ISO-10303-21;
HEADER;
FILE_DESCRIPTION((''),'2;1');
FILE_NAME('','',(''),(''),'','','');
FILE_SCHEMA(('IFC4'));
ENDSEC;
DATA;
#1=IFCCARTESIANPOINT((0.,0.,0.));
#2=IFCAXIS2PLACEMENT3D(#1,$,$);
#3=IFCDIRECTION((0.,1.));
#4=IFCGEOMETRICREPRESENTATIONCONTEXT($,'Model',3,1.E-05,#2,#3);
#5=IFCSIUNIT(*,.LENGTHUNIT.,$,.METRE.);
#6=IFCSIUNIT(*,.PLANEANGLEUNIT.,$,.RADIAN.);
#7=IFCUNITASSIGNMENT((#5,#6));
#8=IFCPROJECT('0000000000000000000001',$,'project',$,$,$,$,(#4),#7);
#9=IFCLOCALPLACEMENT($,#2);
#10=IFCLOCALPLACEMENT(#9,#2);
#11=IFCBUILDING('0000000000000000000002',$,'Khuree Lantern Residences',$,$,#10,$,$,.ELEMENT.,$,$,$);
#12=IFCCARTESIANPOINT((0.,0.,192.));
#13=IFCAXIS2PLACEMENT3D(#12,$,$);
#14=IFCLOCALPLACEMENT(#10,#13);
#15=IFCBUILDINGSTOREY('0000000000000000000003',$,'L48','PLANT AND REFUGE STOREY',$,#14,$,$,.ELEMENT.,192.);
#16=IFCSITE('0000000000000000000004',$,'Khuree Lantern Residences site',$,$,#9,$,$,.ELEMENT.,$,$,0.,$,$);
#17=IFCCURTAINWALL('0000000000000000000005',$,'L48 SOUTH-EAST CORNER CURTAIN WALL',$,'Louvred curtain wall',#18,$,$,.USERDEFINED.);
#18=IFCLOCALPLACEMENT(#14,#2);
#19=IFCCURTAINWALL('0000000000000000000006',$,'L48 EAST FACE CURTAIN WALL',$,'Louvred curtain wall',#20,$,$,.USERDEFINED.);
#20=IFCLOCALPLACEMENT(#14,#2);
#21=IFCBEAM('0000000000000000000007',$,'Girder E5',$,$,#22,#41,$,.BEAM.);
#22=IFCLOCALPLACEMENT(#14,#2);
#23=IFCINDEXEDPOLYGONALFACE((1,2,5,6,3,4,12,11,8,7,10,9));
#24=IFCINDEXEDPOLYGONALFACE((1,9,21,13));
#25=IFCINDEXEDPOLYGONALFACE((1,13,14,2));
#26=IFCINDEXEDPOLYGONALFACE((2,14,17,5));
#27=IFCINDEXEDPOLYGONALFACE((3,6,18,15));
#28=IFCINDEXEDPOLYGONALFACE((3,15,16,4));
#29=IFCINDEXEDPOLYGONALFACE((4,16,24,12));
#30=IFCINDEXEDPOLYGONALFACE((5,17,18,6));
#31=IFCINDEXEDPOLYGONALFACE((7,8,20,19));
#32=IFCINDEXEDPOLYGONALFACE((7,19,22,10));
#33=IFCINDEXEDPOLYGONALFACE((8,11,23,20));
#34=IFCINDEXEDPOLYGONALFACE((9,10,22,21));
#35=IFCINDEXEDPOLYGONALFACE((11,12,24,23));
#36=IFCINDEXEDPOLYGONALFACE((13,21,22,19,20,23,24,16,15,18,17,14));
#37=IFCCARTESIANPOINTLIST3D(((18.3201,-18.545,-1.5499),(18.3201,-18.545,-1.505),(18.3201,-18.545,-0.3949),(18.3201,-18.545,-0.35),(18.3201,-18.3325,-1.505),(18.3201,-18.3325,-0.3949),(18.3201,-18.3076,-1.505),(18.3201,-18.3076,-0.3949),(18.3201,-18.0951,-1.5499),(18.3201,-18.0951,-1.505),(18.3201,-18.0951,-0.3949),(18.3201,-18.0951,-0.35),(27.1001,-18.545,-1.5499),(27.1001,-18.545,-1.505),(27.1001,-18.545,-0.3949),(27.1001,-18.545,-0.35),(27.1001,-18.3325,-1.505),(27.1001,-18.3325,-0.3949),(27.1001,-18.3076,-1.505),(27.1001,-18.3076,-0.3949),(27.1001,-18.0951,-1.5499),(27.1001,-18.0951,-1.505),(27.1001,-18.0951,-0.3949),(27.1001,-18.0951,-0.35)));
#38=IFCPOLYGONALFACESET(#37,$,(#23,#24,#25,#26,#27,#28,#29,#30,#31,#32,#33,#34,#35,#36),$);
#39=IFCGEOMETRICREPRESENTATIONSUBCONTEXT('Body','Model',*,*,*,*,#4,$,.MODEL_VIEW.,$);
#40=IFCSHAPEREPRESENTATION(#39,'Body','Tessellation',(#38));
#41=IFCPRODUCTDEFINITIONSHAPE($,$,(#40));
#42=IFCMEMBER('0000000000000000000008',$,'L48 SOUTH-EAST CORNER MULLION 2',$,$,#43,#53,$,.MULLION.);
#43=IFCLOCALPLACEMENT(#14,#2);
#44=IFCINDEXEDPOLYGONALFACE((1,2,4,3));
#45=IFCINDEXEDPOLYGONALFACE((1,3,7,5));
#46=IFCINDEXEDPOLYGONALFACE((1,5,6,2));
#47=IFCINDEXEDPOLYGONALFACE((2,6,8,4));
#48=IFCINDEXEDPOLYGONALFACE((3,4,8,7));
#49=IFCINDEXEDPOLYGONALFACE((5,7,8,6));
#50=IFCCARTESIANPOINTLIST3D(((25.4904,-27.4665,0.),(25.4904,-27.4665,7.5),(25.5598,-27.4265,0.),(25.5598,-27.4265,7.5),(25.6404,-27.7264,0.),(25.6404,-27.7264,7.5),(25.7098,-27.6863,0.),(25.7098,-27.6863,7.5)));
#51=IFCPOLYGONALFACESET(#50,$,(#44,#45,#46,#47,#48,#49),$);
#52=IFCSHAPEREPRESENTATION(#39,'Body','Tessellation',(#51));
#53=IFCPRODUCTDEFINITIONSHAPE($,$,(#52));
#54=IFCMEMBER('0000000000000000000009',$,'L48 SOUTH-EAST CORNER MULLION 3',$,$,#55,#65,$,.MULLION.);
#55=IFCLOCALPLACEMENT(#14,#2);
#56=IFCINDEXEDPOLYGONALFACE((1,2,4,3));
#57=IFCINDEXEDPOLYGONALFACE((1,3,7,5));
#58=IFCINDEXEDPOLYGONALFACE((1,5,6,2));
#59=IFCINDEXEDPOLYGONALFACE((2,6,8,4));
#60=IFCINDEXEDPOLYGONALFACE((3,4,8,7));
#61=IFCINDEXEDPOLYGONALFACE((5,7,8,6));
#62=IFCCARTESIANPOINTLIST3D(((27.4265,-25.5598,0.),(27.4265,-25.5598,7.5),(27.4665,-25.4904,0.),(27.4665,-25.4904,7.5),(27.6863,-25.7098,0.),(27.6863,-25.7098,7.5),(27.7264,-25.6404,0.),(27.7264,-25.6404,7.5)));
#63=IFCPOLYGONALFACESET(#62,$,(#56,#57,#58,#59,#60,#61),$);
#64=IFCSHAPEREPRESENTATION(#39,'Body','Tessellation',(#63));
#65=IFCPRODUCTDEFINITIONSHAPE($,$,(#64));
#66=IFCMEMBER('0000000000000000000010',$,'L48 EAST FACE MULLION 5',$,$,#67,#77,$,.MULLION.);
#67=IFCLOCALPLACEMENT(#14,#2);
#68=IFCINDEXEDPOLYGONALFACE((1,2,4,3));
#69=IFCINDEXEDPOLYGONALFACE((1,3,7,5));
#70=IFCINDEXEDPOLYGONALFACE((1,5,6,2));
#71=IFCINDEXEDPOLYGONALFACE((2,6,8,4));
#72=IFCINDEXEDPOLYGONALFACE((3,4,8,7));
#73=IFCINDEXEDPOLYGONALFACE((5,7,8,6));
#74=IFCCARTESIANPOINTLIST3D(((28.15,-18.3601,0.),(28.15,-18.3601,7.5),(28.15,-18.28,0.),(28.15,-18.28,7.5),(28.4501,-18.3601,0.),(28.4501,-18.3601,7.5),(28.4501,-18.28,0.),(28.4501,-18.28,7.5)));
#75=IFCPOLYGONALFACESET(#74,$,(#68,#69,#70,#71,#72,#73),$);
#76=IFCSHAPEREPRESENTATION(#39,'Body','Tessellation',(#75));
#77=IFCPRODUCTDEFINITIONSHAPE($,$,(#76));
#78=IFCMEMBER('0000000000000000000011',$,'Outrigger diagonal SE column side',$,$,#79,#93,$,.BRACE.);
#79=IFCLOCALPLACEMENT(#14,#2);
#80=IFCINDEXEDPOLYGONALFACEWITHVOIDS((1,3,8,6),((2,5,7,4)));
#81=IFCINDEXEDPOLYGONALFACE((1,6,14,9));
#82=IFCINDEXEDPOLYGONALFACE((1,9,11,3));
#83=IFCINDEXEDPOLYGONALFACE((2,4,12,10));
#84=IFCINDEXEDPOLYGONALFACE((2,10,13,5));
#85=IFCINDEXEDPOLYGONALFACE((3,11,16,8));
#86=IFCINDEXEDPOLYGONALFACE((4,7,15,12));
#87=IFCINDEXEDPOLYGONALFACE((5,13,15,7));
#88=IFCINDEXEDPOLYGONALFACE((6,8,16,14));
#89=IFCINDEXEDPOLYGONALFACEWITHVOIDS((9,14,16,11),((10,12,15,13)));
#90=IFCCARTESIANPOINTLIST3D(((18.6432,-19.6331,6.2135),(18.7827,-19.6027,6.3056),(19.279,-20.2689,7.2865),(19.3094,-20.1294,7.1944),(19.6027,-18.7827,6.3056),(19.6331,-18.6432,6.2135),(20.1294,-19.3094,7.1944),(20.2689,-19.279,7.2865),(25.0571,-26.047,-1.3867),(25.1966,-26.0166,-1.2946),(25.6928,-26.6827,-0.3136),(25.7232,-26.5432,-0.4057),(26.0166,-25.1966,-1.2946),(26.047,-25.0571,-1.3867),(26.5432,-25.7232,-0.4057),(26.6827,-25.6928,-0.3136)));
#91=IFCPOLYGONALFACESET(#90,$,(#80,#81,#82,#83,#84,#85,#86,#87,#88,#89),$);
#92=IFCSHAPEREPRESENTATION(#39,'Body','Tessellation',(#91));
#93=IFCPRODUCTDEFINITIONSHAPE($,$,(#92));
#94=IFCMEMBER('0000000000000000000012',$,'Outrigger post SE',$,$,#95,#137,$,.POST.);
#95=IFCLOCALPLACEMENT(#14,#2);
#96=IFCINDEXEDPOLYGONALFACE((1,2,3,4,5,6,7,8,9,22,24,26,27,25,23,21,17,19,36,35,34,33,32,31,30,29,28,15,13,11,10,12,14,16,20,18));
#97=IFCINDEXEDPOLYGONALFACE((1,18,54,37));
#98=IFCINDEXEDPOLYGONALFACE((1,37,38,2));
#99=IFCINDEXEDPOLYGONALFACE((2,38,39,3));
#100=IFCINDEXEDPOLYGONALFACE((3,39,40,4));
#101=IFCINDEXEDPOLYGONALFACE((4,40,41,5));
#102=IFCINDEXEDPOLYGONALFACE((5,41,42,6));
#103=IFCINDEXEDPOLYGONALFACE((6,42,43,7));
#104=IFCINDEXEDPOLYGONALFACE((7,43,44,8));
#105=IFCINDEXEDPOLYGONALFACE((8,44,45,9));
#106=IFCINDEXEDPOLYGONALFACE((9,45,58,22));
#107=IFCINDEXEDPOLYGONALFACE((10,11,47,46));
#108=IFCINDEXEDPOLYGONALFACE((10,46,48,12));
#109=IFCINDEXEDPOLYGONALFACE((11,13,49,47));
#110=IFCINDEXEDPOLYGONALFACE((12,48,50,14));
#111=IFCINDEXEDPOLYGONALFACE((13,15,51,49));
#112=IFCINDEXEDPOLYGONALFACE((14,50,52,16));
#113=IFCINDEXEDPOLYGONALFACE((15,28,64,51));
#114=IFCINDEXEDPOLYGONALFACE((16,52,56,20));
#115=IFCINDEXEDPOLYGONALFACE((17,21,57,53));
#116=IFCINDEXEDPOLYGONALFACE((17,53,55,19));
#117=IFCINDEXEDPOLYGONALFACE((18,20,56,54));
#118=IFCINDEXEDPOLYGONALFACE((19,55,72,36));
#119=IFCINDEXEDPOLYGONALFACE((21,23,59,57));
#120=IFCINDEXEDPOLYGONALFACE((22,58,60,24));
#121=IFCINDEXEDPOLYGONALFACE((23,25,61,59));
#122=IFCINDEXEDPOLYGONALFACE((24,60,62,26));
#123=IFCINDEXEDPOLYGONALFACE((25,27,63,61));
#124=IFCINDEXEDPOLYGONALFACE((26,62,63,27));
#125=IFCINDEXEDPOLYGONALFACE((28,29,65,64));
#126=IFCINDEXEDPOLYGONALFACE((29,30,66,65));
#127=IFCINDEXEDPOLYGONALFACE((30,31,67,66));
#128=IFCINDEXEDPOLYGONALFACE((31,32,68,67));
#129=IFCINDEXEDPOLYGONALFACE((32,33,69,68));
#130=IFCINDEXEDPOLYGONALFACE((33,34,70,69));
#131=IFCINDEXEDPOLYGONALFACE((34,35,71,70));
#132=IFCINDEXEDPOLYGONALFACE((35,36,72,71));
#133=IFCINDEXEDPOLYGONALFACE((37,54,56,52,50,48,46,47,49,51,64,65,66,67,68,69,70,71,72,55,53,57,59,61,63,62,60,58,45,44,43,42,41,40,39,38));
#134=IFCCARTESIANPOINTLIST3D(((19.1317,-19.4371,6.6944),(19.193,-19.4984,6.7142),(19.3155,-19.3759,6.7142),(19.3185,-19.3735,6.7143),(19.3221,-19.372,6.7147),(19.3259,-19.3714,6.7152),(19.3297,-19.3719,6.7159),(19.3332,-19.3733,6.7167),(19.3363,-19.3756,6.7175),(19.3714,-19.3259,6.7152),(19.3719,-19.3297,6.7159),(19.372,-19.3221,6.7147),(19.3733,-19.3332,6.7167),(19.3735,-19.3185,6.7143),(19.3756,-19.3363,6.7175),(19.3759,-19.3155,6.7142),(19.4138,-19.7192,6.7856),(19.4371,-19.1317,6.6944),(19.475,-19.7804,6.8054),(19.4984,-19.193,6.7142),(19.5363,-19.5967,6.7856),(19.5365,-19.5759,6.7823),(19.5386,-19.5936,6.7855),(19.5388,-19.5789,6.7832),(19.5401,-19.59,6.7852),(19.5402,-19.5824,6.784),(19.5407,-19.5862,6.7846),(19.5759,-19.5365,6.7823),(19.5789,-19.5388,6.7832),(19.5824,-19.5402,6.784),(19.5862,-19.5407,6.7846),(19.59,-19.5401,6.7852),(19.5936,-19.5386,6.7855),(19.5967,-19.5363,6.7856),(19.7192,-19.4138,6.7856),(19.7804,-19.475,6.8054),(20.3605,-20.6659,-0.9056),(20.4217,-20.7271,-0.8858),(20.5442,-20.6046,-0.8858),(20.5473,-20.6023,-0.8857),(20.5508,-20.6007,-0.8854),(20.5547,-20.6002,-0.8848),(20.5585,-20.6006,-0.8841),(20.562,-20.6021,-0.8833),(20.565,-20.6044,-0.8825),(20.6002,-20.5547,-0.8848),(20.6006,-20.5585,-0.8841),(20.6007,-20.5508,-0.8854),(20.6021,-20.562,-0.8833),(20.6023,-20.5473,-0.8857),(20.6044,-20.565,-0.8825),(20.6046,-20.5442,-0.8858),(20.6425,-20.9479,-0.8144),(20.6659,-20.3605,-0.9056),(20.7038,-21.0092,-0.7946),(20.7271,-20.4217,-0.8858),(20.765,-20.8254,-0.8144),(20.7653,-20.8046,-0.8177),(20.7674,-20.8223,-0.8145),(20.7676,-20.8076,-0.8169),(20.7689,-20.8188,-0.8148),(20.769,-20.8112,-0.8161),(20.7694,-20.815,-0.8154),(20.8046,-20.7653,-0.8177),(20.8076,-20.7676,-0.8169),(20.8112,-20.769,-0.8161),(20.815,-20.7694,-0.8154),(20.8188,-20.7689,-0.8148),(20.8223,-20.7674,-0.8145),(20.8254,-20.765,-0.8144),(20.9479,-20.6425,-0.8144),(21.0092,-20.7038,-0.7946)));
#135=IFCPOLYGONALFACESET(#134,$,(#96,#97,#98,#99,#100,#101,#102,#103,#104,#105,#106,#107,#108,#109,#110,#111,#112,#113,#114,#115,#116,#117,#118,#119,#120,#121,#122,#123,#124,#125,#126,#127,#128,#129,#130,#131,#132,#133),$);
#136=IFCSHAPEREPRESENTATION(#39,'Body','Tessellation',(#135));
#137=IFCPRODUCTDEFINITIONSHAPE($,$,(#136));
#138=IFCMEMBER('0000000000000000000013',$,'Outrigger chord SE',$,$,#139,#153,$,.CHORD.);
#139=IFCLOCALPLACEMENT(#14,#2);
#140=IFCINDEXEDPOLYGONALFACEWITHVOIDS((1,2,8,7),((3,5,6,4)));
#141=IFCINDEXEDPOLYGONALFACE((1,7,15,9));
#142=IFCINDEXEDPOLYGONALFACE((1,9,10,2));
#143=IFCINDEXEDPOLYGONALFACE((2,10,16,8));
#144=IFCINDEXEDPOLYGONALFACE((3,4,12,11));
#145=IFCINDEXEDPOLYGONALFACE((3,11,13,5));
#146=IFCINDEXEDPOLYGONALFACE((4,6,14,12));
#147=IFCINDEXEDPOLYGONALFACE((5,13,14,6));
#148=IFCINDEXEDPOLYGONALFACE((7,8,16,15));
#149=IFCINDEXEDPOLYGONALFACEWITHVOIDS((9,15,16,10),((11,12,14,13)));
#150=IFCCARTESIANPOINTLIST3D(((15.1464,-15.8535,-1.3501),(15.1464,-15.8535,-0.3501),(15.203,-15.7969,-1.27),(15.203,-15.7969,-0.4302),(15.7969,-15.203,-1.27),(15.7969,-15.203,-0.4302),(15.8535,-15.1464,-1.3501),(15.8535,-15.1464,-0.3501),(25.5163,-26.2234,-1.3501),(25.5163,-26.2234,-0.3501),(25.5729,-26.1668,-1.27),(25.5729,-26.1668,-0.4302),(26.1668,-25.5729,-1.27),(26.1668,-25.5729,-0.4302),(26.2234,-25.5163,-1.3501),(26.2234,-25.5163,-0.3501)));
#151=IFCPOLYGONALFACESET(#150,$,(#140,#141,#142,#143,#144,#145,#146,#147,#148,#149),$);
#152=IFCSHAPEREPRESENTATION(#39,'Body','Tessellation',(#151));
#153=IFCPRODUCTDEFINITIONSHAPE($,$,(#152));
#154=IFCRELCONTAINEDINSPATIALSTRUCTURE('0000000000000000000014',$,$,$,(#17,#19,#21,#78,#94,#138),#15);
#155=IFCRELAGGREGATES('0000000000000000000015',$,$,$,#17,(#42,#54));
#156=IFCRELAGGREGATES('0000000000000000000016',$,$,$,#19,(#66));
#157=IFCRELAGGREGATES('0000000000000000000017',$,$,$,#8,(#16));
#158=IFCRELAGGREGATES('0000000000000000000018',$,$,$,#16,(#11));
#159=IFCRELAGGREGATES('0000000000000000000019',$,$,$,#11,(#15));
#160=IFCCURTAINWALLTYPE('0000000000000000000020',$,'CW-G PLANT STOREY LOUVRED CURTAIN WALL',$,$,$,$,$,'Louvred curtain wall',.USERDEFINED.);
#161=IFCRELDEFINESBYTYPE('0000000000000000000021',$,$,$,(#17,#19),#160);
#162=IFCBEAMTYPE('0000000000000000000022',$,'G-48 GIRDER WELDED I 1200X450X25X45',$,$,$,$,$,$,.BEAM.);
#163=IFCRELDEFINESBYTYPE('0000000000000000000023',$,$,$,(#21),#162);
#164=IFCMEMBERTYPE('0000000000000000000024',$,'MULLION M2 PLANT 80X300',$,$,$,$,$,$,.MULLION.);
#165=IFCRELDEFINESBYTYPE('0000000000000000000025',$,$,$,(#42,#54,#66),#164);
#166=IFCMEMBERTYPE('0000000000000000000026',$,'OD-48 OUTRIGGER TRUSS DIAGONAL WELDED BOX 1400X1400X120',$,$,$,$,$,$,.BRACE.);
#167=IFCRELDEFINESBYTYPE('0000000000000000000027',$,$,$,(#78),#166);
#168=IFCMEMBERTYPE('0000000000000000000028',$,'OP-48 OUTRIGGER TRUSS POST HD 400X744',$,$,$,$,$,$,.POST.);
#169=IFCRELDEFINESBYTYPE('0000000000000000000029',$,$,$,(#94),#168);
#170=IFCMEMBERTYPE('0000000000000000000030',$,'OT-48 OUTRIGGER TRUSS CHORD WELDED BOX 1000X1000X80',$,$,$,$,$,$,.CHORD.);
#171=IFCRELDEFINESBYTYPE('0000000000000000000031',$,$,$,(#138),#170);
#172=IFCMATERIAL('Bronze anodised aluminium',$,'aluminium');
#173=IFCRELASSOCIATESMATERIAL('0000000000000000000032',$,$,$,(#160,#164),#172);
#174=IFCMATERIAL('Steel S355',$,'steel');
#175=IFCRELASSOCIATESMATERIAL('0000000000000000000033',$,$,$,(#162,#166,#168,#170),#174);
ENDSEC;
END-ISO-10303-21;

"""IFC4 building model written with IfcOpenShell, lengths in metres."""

from ifc_helpers import new_model, si_unit, direction, frame, origin, origin_2d, place, context, subcontext, project, spatial, rectangle, hollow_rectangle, i_section, extrude, material, material_profile, profile_set, type_object, element, aggregate, save


model = new_model("IFC4")

# Units and contexts
model_context = context("Model", 3, precision=1e-05, world=origin(), true_north=direction((0.0, 1.0)))
body_context = subcontext(model_context, "Body", "Model", "MODEL_VIEW")
ifc_project = project(units=[si_unit("LENGTHUNIT", "METRE"), si_unit("PLANEANGLEUNIT", "RADIAN")], contexts=[model_context])

# Site, building, storey
site_placement = place(None, origin())
site = spatial("IfcSite", under=ifc_project, at=site_placement, Name="Khuree Lantern Residences site", CompositionType="ELEMENT", RefElevation=0.0)
building_placement = place(site_placement, origin())
building = spatial("IfcBuilding", under=site, at=building_placement, Name="Khuree Lantern Residences", CompositionType="ELEMENT")
storey_placement = place(building_placement, frame((0.0, 0.0, 192.0)))
storey = spatial("IfcBuildingStorey", under=building, at=storey_placement, Name="L48", Description="PLANT AND REFUGE STOREY", CompositionType="ELEMENT", Elevation=192.0)

# Shared definitions
ifc_material_1 = material(Name="Steel S355", Category="steel")

# Curtain walls
ifc_material_2 = material(Name="Bronze anodised aluminium", Category="aluminium")
curtain_wall_type = type_object("IfcCurtainWallType", Name="CW-G PLANT STOREY LOUVRED CURTAIN WALL", ElementType="Louvred curtain wall", PredefinedType="USERDEFINED", material=ifc_material_2)
curtain_wall_1_placement = place(storey_placement, origin())
curtain_wall_1 = element("IfcCurtainWall", 1, at=curtain_wall_1_placement, inside=storey, type_object=curtain_wall_type, Name="L48 SOUTH-EAST CORNER CURTAIN WALL", ObjectType="Louvred curtain wall", PredefinedType="USERDEFINED")
curtain_wall_2_placement = place(storey_placement, origin())
curtain_wall_2 = element("IfcCurtainWall", 2, at=curtain_wall_2_placement, inside=storey, type_object=curtain_wall_type, Name="L48 EAST FACE CURTAIN WALL", ObjectType="Louvred curtain wall", PredefinedType="USERDEFINED")

# Beam
ifc_material_profile_1 = material_profile(ifc_material_1, i_section(OverallWidth=0.45, OverallDepth=1.2, WebThickness=0.0249, FlangeThickness=0.0449, at=origin_2d()), Name="WELDED I 1200X450X25X45")
ifc_profile_set_1 = profile_set([ifc_material_profile_1], Name="Steel S355")
beam_type_1 = type_object("IfcBeamType", Name="G-48 GIRDER WELDED I 1200X450X25X45", PredefinedType="BEAM", material=ifc_profile_set_1)
beam_placement = place(storey_placement, frame((27.1001, -18.3201, -0.95), z_axis=(-1.0, 0.0, 0.0), x_axis=(0.0, -1.0, 0.0)))
element("IfcBeam", 3, at=beam_placement, inside=storey, type_object=beam_type_1, Name="Girder E5", PredefinedType="BEAM", context=body_context, shape_type="SweptSolid", body=[
    extrude(i_section(OverallWidth=0.45, OverallDepth=1.2, WebThickness=0.0249, FlangeThickness=0.0449, at=origin_2d()), origin(), (0.0, 0.0, 1.0), 8.78),
])

# Members
ifc_material_profile_2 = material_profile(ifc_material_2, rectangle(XDim=0.0801, YDim=0.3, at=origin_2d()), Name="M2 80X300")
ifc_profile_set_2 = profile_set([ifc_material_profile_2], Name="Bronze anodised aluminium")
member_type_1 = type_object("IfcMemberType", Name="MULLION M2 PLANT 80X300", PredefinedType="MULLION", material=ifc_profile_set_2)
member_1_placement = place(storey_placement, frame((25.6001, -27.5764, 0.0), z_axis=(0.0, 0.0, 1.0), x_axis=(0.866025, 0.5, 0.0)))
member_1 = element("IfcMember", 4, at=member_1_placement, type_object=member_type_1, Name="L48 SOUTH-EAST CORNER MULLION 2", PredefinedType="MULLION", context=body_context, shape_type="SweptSolid", body=[
    extrude(rectangle(XDim=0.0801, YDim=0.3, at=origin_2d()), origin(), (0.0, 0.0, 1.0), 7.5),
])
member_2_placement = place(storey_placement, frame((27.5764, -25.6001, 0.0), z_axis=(0.0, 0.0, 1.0), x_axis=(0.5, 0.866025, 0.0)))
member_2 = element("IfcMember", 5, at=member_2_placement, type_object=member_type_1, Name="L48 SOUTH-EAST CORNER MULLION 3", PredefinedType="MULLION", context=body_context, shape_type="SweptSolid", body=[
    extrude(rectangle(XDim=0.0801, YDim=0.3, at=origin_2d()), origin(), (0.0, 0.0, 1.0), 7.5),
])
member_3_placement = place(storey_placement, frame((28.3, -18.3201, 0.0), z_axis=(0.0, 0.0, 1.0), x_axis=(0.0, 1.0, 0.0)))
member_3 = element("IfcMember", 6, at=member_3_placement, type_object=member_type_1, Name="L48 EAST FACE MULLION 5", PredefinedType="MULLION", context=body_context, shape_type="SweptSolid", body=[
    extrude(rectangle(XDim=0.0801, YDim=0.3, at=origin_2d()), origin(), (0.0, 0.0, 1.0), 7.5),
])

# Members
ifc_material_profile_3 = material_profile(ifc_material_1, hollow_rectangle(XDim=1.3999, YDim=1.3999, WallThickness=0.1201, at=origin_2d()), Name="WELDED BOX 1400X1400X120")
ifc_profile_set_3 = profile_set([ifc_material_profile_3], Name="Steel S355")
member_type_2 = type_object("IfcMemberType", Name="OD-48 OUTRIGGER TRUSS DIAGONAL WELDED BOX 1400X1400X120", PredefinedType="BRACE", material=ifc_profile_set_3)
member_4_placement = place(storey_placement, frame((19.4561, -19.4561, 6.75), z_axis=(0.541998, -0.541998, -0.642244), x_axis=(0.707107, 0.707107, 0.0)))
element("IfcMember", 7, at=member_4_placement, inside=storey, type_object=member_type_2, Name="Outrigger diagonal SE column side", PredefinedType="BRACE", context=body_context, shape_type="SweptSolid", body=[
    extrude(hollow_rectangle(XDim=1.3999, YDim=1.3999, WallThickness=0.1201, at=origin_2d()), origin(), (0.0, 0.0, 1.0), 11.8337),
])
ifc_material_profile_4 = material_profile(ifc_material_1, i_section(OverallWidth=0.4319, OverallDepth=0.498, WebThickness=0.0557, FlangeThickness=0.0889, FilletRadius=0.0149, at=origin_2d()), Name="HD 400X744")
ifc_profile_set_4 = profile_set([ifc_material_profile_4], Name="Steel S355")
member_type_3 = type_object("IfcMemberType", Name="OP-48 OUTRIGGER TRUSS POST HD 400X744", PredefinedType="POST", material=ifc_profile_set_4)
member_5_placement = place(storey_placement, frame((20.6848, -20.6848, -0.8501), z_axis=(-0.15761, 0.15761, 0.974843), x_axis=(-0.707107, -0.707107, 0.0)))
element("IfcMember", 8, at=member_5_placement, inside=storey, type_object=member_type_3, Name="Outrigger post SE", PredefinedType="POST", context=body_context, shape_type="SweptSolid", body=[
    extrude(i_section(OverallWidth=0.4319, OverallDepth=0.498, WebThickness=0.0557, FlangeThickness=0.0889, FilletRadius=0.0149, at=origin_2d()), origin(), (0.0, 0.0, 1.0), 7.7961),
])
ifc_material_profile_5 = material_profile(ifc_material_1, hollow_rectangle(XDim=1.0, YDim=1.0, WallThickness=0.0801, at=origin_2d()), Name="WELDED BOX 1000X1000X80")
ifc_profile_set_5 = profile_set([ifc_material_profile_5], Name="Steel S355")
member_type_4 = type_object("IfcMemberType", Name="OT-48 OUTRIGGER TRUSS CHORD WELDED BOX 1000X1000X80", PredefinedType="CHORD", material=ifc_profile_set_5)
member_6_placement = place(storey_placement, frame((25.8699, -25.8699, -0.8501), z_axis=(-0.707107, 0.707107, 0.0), x_axis=(-0.707107, -0.707107, 0.0)))
element("IfcMember", 9, at=member_6_placement, inside=storey, type_object=member_type_4, Name="Outrigger chord SE", PredefinedType="CHORD", context=body_context, shape_type="SweptSolid", body=[
    extrude(hollow_rectangle(XDim=1.0, YDim=1.0, WallThickness=0.0801, at=origin_2d()), origin(), (0.0, 0.0, 1.0), 14.6653),
])

aggregate(curtain_wall_1, [member_1, member_2])
aggregate(curtain_wall_2, [member_3])

save(model, "model.ifc")
